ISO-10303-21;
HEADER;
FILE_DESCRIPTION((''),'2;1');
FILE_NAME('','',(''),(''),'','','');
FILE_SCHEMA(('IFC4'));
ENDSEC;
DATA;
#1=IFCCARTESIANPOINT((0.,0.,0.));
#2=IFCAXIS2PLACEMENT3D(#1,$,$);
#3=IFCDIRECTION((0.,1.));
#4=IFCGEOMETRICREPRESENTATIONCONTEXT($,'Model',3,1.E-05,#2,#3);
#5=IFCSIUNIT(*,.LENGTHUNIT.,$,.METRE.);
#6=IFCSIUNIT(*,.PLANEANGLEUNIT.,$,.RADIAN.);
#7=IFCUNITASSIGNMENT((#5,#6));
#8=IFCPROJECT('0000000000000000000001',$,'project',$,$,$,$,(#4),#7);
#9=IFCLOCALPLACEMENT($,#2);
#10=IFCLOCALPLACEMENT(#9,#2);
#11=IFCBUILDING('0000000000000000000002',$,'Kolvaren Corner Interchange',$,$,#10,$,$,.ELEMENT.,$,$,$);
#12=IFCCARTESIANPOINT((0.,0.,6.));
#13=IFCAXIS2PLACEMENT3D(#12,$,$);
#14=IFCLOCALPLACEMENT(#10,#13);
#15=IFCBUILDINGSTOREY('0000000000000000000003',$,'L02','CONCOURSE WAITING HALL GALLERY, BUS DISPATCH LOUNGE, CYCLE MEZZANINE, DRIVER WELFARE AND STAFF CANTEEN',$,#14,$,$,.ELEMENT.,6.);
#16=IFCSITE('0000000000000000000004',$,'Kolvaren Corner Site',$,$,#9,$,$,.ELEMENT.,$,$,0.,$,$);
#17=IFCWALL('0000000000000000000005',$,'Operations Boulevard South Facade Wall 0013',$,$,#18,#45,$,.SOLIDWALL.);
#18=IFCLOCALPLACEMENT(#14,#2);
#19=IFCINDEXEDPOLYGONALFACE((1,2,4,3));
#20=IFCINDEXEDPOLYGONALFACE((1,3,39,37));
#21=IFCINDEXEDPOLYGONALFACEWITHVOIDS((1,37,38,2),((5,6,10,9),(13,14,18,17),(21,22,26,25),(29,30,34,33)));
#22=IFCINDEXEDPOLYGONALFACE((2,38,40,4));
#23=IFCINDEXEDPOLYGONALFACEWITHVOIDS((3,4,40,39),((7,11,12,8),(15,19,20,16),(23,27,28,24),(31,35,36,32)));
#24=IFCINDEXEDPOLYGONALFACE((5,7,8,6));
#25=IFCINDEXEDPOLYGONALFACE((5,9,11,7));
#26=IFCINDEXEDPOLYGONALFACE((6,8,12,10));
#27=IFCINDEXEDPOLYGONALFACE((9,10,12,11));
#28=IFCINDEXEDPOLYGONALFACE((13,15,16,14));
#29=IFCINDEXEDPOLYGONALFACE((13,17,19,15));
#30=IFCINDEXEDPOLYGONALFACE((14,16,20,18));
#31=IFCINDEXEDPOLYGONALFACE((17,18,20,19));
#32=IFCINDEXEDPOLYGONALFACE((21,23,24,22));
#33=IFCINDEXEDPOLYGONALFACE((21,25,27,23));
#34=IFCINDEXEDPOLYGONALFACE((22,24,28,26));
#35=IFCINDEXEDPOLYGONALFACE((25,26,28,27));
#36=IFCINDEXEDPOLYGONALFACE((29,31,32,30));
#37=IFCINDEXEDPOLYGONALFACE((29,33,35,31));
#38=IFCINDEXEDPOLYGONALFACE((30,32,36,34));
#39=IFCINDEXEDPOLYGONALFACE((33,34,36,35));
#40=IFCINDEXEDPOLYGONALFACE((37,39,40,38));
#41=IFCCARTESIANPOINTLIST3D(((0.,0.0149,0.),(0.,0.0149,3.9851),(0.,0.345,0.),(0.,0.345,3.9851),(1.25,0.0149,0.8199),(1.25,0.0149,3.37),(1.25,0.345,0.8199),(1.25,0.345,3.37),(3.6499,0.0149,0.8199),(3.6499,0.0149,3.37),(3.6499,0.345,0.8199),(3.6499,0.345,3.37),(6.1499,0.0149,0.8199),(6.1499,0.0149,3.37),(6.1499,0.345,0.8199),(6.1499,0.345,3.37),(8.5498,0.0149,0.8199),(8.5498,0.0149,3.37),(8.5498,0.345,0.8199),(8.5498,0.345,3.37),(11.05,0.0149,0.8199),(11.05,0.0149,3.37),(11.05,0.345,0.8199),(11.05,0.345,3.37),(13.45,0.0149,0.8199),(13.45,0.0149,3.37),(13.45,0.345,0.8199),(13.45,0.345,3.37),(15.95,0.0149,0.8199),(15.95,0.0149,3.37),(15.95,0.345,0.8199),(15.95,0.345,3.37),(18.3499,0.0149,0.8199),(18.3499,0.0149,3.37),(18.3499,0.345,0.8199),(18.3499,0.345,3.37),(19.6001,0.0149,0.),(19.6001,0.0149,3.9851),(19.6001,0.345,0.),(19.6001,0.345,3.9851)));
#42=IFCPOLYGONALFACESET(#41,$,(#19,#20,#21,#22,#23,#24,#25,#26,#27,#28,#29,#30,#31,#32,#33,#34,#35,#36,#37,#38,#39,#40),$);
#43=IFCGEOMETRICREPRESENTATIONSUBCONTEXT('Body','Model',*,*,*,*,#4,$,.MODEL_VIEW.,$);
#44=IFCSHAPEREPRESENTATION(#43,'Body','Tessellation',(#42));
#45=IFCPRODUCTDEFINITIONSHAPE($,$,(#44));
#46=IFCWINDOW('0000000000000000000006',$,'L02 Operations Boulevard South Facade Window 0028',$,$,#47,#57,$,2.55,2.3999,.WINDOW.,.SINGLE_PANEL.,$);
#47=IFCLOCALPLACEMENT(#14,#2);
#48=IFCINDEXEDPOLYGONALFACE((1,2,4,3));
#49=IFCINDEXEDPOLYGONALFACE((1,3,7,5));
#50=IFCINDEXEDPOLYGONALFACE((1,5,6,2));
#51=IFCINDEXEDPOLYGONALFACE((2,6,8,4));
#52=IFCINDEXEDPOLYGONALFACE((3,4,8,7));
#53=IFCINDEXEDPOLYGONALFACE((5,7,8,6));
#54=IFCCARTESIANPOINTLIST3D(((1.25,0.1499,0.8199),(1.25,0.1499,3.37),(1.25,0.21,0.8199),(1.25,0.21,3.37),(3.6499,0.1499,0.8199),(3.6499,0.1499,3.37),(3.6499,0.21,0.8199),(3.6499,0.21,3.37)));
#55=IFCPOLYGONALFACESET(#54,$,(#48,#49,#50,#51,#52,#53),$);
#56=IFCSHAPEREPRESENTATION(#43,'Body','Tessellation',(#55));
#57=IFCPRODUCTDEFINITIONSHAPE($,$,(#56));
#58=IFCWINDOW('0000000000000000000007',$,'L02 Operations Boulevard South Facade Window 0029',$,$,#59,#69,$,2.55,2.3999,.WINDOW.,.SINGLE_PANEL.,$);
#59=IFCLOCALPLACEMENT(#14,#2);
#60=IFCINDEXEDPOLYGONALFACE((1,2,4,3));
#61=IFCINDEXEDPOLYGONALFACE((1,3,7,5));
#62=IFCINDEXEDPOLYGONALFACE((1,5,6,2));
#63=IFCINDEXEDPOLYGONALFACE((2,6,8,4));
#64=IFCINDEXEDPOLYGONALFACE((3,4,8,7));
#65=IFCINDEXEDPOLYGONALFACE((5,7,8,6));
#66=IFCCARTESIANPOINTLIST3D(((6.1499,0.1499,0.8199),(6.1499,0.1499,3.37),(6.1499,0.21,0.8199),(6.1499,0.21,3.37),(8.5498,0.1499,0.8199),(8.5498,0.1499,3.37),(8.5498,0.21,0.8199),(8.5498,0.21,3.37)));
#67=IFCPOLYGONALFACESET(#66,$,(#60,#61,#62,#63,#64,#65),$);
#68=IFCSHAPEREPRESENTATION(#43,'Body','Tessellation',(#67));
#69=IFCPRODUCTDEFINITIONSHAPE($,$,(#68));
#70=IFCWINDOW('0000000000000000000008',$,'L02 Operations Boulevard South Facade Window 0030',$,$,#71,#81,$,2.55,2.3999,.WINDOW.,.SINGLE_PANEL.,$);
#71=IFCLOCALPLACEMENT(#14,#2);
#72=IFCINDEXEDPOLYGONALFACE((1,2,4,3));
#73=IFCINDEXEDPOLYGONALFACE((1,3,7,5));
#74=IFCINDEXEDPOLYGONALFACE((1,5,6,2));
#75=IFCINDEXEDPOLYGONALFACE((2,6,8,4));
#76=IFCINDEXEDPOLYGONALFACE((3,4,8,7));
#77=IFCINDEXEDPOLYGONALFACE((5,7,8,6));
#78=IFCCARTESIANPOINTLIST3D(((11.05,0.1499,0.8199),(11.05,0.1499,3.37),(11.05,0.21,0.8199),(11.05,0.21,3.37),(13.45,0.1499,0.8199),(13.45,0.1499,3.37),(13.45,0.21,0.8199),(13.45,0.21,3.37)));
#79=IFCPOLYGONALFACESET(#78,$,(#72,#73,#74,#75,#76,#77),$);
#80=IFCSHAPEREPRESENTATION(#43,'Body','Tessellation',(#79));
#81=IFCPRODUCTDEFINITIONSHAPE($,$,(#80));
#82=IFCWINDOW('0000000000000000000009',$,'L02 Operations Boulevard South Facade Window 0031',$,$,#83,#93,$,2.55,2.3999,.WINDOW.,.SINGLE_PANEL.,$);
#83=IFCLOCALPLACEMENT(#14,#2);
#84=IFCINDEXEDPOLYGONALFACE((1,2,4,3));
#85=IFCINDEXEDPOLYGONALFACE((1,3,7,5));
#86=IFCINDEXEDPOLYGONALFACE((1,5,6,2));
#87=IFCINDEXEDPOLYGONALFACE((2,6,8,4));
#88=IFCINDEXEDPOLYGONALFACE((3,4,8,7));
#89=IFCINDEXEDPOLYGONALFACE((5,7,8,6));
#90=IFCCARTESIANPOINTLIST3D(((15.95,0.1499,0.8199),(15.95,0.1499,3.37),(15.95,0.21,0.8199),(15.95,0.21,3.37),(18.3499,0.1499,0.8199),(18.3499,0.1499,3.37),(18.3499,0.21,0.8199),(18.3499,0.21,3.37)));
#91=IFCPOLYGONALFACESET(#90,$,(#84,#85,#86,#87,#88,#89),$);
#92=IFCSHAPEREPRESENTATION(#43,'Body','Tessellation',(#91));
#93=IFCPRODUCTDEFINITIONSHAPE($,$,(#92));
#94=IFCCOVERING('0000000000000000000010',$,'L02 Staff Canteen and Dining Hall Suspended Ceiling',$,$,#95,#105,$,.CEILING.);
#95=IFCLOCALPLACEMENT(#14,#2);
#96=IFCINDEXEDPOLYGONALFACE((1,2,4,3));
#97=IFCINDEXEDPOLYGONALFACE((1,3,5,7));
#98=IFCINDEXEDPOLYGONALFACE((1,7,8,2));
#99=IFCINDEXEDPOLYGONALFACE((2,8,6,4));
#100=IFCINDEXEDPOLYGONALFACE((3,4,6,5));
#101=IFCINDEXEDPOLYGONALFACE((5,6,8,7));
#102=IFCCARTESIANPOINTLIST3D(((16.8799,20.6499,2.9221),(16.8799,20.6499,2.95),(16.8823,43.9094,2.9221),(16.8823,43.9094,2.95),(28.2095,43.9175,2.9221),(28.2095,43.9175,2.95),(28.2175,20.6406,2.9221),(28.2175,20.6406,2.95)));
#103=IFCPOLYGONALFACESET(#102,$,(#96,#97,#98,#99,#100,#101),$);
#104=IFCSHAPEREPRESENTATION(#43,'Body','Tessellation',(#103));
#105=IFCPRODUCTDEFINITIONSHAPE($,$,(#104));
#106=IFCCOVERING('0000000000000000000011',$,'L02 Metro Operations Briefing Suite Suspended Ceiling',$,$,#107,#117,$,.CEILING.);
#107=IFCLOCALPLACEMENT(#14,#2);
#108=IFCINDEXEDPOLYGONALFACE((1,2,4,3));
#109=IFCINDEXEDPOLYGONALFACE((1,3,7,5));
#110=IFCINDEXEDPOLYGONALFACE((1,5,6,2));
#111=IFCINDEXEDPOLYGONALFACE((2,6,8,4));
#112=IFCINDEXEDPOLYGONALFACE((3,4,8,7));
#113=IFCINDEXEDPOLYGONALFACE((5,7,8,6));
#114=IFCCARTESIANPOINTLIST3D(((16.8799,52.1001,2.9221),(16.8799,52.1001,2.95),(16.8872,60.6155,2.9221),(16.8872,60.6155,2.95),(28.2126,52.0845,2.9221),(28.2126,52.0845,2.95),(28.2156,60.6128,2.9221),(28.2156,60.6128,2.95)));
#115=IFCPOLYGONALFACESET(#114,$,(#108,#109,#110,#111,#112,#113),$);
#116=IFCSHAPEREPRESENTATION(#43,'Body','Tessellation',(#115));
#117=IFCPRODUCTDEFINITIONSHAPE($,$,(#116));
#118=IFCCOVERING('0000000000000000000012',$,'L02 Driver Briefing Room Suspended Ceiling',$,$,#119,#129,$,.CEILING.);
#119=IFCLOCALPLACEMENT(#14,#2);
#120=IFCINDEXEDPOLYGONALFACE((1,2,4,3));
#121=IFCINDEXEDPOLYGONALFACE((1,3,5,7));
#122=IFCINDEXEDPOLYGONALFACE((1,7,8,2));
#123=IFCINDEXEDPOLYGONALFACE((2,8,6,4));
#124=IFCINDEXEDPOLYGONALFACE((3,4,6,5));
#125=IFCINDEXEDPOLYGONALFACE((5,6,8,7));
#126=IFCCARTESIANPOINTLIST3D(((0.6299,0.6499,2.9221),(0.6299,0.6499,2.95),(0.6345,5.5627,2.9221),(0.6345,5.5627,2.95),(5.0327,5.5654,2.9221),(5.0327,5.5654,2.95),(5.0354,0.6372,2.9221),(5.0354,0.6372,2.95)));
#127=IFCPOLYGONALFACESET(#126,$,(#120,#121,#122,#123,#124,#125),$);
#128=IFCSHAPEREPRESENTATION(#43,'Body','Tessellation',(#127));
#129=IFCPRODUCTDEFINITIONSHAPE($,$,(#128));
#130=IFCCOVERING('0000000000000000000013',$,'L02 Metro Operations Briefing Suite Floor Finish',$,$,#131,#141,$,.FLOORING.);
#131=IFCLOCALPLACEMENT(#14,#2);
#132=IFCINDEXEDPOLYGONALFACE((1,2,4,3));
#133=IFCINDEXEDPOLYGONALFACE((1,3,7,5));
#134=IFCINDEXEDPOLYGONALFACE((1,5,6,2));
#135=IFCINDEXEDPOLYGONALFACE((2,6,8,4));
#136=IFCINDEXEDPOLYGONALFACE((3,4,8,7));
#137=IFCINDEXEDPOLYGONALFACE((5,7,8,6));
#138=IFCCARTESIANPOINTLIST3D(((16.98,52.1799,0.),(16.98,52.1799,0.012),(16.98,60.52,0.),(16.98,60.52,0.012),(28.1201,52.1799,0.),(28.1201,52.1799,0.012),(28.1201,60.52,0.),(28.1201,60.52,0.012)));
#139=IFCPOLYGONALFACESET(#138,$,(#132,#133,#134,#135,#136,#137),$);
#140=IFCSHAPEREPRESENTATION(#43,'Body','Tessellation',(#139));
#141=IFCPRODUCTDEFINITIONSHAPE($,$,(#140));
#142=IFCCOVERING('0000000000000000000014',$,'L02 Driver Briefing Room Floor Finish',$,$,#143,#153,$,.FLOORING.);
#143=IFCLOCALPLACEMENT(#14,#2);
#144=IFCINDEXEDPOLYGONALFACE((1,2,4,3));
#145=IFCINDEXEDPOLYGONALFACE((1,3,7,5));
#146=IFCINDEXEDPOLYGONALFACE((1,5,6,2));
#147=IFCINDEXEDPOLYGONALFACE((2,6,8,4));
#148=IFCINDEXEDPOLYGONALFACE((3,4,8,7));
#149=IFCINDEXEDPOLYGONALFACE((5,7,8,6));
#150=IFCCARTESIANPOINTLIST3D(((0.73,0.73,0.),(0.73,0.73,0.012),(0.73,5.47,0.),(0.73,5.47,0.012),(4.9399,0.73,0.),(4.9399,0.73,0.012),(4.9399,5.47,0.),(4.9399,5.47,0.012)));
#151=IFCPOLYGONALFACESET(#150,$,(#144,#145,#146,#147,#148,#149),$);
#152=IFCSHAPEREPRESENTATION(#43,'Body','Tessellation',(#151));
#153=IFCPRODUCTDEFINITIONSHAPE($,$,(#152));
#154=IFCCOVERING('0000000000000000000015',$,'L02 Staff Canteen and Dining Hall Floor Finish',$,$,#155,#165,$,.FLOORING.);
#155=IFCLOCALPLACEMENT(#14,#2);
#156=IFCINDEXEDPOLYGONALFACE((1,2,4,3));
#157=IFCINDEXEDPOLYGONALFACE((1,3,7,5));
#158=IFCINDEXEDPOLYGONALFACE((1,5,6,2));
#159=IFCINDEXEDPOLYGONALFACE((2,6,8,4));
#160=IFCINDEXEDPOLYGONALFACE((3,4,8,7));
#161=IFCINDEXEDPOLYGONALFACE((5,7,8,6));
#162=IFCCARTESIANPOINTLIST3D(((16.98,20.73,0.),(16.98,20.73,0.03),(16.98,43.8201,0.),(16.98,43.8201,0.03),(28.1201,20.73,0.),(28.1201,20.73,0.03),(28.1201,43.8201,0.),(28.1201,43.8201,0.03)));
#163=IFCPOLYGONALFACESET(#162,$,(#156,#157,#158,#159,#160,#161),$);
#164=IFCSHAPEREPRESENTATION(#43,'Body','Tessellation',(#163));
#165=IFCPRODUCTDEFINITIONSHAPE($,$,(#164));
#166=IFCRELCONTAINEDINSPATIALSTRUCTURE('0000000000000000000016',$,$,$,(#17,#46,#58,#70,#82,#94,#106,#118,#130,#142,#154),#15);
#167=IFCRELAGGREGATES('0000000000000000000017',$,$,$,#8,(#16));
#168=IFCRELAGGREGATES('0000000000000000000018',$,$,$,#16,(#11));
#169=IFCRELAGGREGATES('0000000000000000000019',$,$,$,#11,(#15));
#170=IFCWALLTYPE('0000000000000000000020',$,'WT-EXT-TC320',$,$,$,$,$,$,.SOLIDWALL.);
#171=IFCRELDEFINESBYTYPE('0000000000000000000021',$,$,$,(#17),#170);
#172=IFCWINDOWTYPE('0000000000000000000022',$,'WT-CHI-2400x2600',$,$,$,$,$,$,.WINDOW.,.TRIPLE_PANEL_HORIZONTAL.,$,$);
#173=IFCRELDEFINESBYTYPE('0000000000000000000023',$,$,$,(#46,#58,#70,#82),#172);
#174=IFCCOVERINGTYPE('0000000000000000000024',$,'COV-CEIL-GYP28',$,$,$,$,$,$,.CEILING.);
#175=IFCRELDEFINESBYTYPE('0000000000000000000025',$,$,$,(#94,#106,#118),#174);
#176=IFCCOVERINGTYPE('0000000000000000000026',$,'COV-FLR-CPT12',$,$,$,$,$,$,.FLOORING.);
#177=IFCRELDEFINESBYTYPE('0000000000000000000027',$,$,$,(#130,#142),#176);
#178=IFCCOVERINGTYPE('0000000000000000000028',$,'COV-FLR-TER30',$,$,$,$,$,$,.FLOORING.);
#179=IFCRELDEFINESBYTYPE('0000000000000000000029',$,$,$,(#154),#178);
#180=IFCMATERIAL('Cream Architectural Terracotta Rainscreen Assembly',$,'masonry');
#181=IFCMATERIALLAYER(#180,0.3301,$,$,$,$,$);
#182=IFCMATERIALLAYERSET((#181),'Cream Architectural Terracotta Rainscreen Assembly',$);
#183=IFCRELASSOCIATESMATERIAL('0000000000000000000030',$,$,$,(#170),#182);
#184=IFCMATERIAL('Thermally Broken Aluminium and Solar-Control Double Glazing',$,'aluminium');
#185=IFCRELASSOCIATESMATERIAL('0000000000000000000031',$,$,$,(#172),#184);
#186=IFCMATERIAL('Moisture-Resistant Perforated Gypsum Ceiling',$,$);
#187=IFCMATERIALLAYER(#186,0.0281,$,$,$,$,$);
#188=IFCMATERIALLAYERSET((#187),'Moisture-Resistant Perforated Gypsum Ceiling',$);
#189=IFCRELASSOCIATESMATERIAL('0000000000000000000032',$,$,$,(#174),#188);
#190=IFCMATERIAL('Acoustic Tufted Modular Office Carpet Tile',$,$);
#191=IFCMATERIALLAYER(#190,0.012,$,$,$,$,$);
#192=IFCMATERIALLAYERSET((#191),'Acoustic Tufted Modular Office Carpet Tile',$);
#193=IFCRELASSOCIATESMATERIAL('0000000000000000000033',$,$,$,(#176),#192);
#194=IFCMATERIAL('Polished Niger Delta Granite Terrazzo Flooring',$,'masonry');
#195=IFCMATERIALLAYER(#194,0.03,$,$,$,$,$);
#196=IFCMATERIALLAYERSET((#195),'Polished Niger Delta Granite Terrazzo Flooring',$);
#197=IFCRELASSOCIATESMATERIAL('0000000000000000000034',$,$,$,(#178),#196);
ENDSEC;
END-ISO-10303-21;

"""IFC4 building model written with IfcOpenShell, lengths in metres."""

from ifc_helpers import new_model, si_unit, direction, frame, frame_2d, origin, place, context, subcontext, project, spatial, polyline, rectangle, outline, extrude, material, layer, layer_set, type_object, element, fill, save


model = new_model("IFC4")

# Units and contexts
model_context = context("Model", 3, precision=1e-05, world=origin(), true_north=direction((0.0, 1.0)))
body_context = subcontext(model_context, "Body", "Model", "MODEL_VIEW")
ifc_project = project(units=[si_unit("LENGTHUNIT", "METRE"), si_unit("PLANEANGLEUNIT", "RADIAN")], contexts=[model_context])

# Site, building, storey
site_placement = place(None, origin())
site = spatial("IfcSite", under=ifc_project, at=site_placement, Name="Kolvaren Corner Site", CompositionType="ELEMENT", RefElevation=0.0)
building_placement = place(site_placement, origin())
building = spatial("IfcBuilding", under=site, at=building_placement, Name="Kolvaren Corner Interchange", CompositionType="ELEMENT")
storey_placement = place(building_placement, frame((0.0, 0.0, 6.0)))
storey = spatial("IfcBuildingStorey", under=building, at=storey_placement, Name="L02", Description="CONCOURSE WAITING HALL GALLERY, BUS DISPATCH LOUNGE, CYCLE MEZZANINE, DRIVER WELFARE AND STAFF CANTEEN", CompositionType="ELEMENT", Elevation=6.0)

# Wall, openings, windows
ifc_material_1 = material(Name="Cream Architectural Terracotta Rainscreen Assembly", Category="masonry")
ifc_layer_1 = layer(ifc_material_1, 0.3301)
ifc_layer_set_1 = layer_set([ifc_layer_1], Name="Cream Architectural Terracotta Rainscreen Assembly")
wall_type = type_object("IfcWallType", Name="WT-EXT-TC320", PredefinedType="SOLIDWALL", material=ifc_layer_set_1)
wall_placement = place(storey_placement, frame((0.0, 0.1799, 0.0), z_axis=(0.0, 0.0, 1.0), x_axis=(1.0, 0.0, 0.0)))
wall = element("IfcWall", 1, at=wall_placement, inside=storey, type_object=wall_type, Name="Operations Boulevard South Facade Wall 0013", PredefinedType="SOLIDWALL", context=body_context, shape_type="SweptSolid", body=[
    extrude(rectangle(XDim=19.6001, YDim=0.3301, at=frame_2d((9.8, 0.0))), origin(), (0.0, 0.0, 1.0), 3.9851),
])
opening_1_placement = place(wall_placement, frame((1.25, 0.0, 0.8201)))
opening_1 = element("IfcOpeningElement", 2, at=opening_1_placement, cuts=wall, PredefinedType="OPENING", context=body_context, shape_type="SweptSolid", body=[
    extrude(rectangle(XDim=2.3999, YDim=2.55, at=frame_2d((1.2, 1.2749))), frame((0.0, 0.175, 0.0), z_axis=(0.0, -1.0, 0.0), x_axis=(1.0, 0.0, 0.0)), (0.0, 0.0, 1.0), 0.3501),
])
opening_2_placement = place(wall_placement, frame((6.1499, 0.0, 0.8201)))
opening_2 = element("IfcOpeningElement", 3, at=opening_2_placement, cuts=wall, PredefinedType="OPENING", context=body_context, shape_type="SweptSolid", body=[
    extrude(rectangle(XDim=2.3999, YDim=2.55, at=frame_2d((1.2, 1.2749))), frame((0.0, 0.175, 0.0), z_axis=(0.0, -1.0, 0.0), x_axis=(1.0, 0.0, 0.0)), (0.0, 0.0, 1.0), 0.3501),
])
opening_3_placement = place(wall_placement, frame((11.05, 0.0, 0.8201)))
opening_3 = element("IfcOpeningElement", 4, at=opening_3_placement, cuts=wall, PredefinedType="OPENING", context=body_context, shape_type="SweptSolid", body=[
    extrude(rectangle(XDim=2.3999, YDim=2.55, at=frame_2d((1.2, 1.2749))), frame((0.0, 0.175, 0.0), z_axis=(0.0, -1.0, 0.0), x_axis=(1.0, 0.0, 0.0)), (0.0, 0.0, 1.0), 0.3501),
])
opening_4_placement = place(wall_placement, frame((15.95, 0.0, 0.8201)))
opening_4 = element("IfcOpeningElement", 5, at=opening_4_placement, cuts=wall, PredefinedType="OPENING", context=body_context, shape_type="SweptSolid", body=[
    extrude(rectangle(XDim=2.3999, YDim=2.55, at=frame_2d((1.2, 1.2749))), frame((0.0, 0.175, 0.0), z_axis=(0.0, -1.0, 0.0), x_axis=(1.0, 0.0, 0.0)), (0.0, 0.0, 1.0), 0.3501),
])
ifc_material_2 = material(Name="Thermally Broken Aluminium and Solar-Control Double Glazing", Category="aluminium")
window_type = type_object("IfcWindowType", Name="WT-CHI-2400x2600", PartitioningType="TRIPLE_PANEL_HORIZONTAL", PredefinedType="WINDOW", material=ifc_material_2)
window_1_placement = place(opening_1_placement, origin())
window_1 = element("IfcWindow", 6, at=window_1_placement, inside=storey, type_object=window_type, Name="L02 Operations Boulevard South Facade Window 0028", OverallHeight=2.55, OverallWidth=2.3999, PartitioningType="SINGLE_PANEL", PredefinedType="WINDOW", context=body_context, shape_type="SweptSolid", body=[
    extrude(rectangle(XDim=2.3999, YDim=2.55, at=frame_2d((1.2, 1.2749))), frame((0.0, 0.03, 0.0), z_axis=(0.0, -1.0, 0.0), x_axis=(1.0, 0.0, 0.0)), (0.0, 0.0, 1.0), 0.0601),
])
fill(opening_1, window_1)
window_2_placement = place(opening_2_placement, origin())
window_2 = element("IfcWindow", 7, at=window_2_placement, inside=storey, type_object=window_type, Name="L02 Operations Boulevard South Facade Window 0029", OverallHeight=2.55, OverallWidth=2.3999, PartitioningType="SINGLE_PANEL", PredefinedType="WINDOW", context=body_context, shape_type="SweptSolid", body=[
    extrude(rectangle(XDim=2.3999, YDim=2.55, at=frame_2d((1.2, 1.2749))), frame((0.0, 0.03, 0.0), z_axis=(0.0, -1.0, 0.0), x_axis=(1.0, 0.0, 0.0)), (0.0, 0.0, 1.0), 0.0601),
])
fill(opening_2, window_2)
window_3_placement = place(opening_3_placement, origin())
window_3 = element("IfcWindow", 8, at=window_3_placement, inside=storey, type_object=window_type, Name="L02 Operations Boulevard South Facade Window 0030", OverallHeight=2.55, OverallWidth=2.3999, PartitioningType="SINGLE_PANEL", PredefinedType="WINDOW", context=body_context, shape_type="SweptSolid", body=[
    extrude(rectangle(XDim=2.3999, YDim=2.55, at=frame_2d((1.2, 1.2749))), frame((0.0, 0.03, 0.0), z_axis=(0.0, -1.0, 0.0), x_axis=(1.0, 0.0, 0.0)), (0.0, 0.0, 1.0), 0.0601),
])
fill(opening_3, window_3)
window_4_placement = place(opening_4_placement, origin())
window_4 = element("IfcWindow", 9, at=window_4_placement, inside=storey, type_object=window_type, Name="L02 Operations Boulevard South Facade Window 0031", OverallHeight=2.55, OverallWidth=2.3999, PartitioningType="SINGLE_PANEL", PredefinedType="WINDOW", context=body_context, shape_type="SweptSolid", body=[
    extrude(rectangle(XDim=2.3999, YDim=2.55, at=frame_2d((1.2, 1.2749))), frame((0.0, 0.03, 0.0), z_axis=(0.0, -1.0, 0.0), x_axis=(1.0, 0.0, 0.0)), (0.0, 0.0, 1.0), 0.0601),
])
fill(opening_4, window_4)

# Coverings
ifc_material_3 = material(Name="Moisture-Resistant Perforated Gypsum Ceiling")
ifc_layer_2 = layer(ifc_material_3, 0.0281)
ifc_layer_set_2 = layer_set([ifc_layer_2], Name="Moisture-Resistant Perforated Gypsum Ceiling")
covering_type_1 = type_object("IfcCoveringType", Name="COV-CEIL-GYP28", PredefinedType="CEILING", material=ifc_layer_set_2)
covering_1_placement = place(storey_placement, frame((0.0, 0.0, 2.9221)))
element("IfcCovering", 10, at=covering_1_placement, inside=storey, type_object=covering_type_1, Name="L02 Staff Canteen and Dining Hall Suspended Ceiling", PredefinedType="CEILING", context=body_context, shape_type="SweptSolid", body=[
    extrude(outline(polyline([(16.8799, 20.6499), (28.2175, 20.6406), (28.2095, 43.9175), (16.8823, 43.9094), (16.8799, 20.6499)])), origin(), (0.0, 0.0, 1.0), 0.0278),
])
covering_2_placement = place(storey_placement, frame((0.0, 0.0, 2.9221)))
element("IfcCovering", 11, at=covering_2_placement, inside=storey, type_object=covering_type_1, Name="L02 Metro Operations Briefing Suite Suspended Ceiling", PredefinedType="CEILING", context=body_context, shape_type="SweptSolid", body=[
    extrude(outline(polyline([(16.8799, 52.1001), (28.2126, 52.0845), (28.2156, 60.6128), (16.8872, 60.6155), (16.8799, 52.1001)])), origin(), (0.0, 0.0, 1.0), 0.0278),
])
covering_3_placement = place(storey_placement, frame((0.0, 0.0, 2.9221)))
element("IfcCovering", 12, at=covering_3_placement, inside=storey, type_object=covering_type_1, Name="L02 Driver Briefing Room Suspended Ceiling", PredefinedType="CEILING", context=body_context, shape_type="SweptSolid", body=[
    extrude(outline(polyline([(0.6299, 0.6499), (5.0354, 0.6372), (5.0327, 5.5654), (0.6345, 5.5627), (0.6299, 0.6499)])), origin(), (0.0, 0.0, 1.0), 0.0278),
])
ifc_material_4 = material(Name="Acoustic Tufted Modular Office Carpet Tile")
ifc_layer_3 = layer(ifc_material_4, 0.012)
ifc_layer_set_3 = layer_set([ifc_layer_3], Name="Acoustic Tufted Modular Office Carpet Tile")
covering_type_2 = type_object("IfcCoveringType", Name="COV-FLR-CPT12", PredefinedType="FLOORING", material=ifc_layer_set_3)
covering_4_placement = place(storey_placement, origin())
element("IfcCovering", 13, at=covering_4_placement, inside=storey, type_object=covering_type_2, Name="L02 Metro Operations Briefing Suite Floor Finish", PredefinedType="FLOORING", context=body_context, shape_type="SweptSolid", body=[
    extrude(outline(polyline([(16.98, 52.1799), (28.1201, 52.1799), (28.1201, 60.52), (16.98, 60.52), (16.98, 52.1799)])), origin(), (0.0, 0.0, 1.0), 0.012),
])
covering_5_placement = place(storey_placement, origin())
element("IfcCovering", 14, at=covering_5_placement, inside=storey, type_object=covering_type_2, Name="L02 Driver Briefing Room Floor Finish", PredefinedType="FLOORING", context=body_context, shape_type="SweptSolid", body=[
    extrude(outline(polyline([(0.73, 0.73), (4.9399, 0.73), (4.9399, 5.47), (0.73, 5.47), (0.73, 0.73)])), origin(), (0.0, 0.0, 1.0), 0.012),
])
ifc_material_5 = material(Name="Polished Niger Delta Granite Terrazzo Flooring", Category="masonry")
ifc_layer_4 = layer(ifc_material_5, 0.03)
ifc_layer_set_4 = layer_set([ifc_layer_4], Name="Polished Niger Delta Granite Terrazzo Flooring")
covering_type_3 = type_object("IfcCoveringType", Name="COV-FLR-TER30", PredefinedType="FLOORING", material=ifc_layer_set_4)
covering_6_placement = place(storey_placement, origin())
element("IfcCovering", 15, at=covering_6_placement, inside=storey, type_object=covering_type_3, Name="L02 Staff Canteen and Dining Hall Floor Finish", PredefinedType="FLOORING", context=body_context, shape_type="SweptSolid", body=[
    extrude(outline(polyline([(16.98, 20.73), (28.1201, 20.73), (28.1201, 43.8201), (16.98, 43.8201), (16.98, 20.73)])), origin(), (0.0, 0.0, 1.0), 0.03),
])

save(model, "model.ifc")
